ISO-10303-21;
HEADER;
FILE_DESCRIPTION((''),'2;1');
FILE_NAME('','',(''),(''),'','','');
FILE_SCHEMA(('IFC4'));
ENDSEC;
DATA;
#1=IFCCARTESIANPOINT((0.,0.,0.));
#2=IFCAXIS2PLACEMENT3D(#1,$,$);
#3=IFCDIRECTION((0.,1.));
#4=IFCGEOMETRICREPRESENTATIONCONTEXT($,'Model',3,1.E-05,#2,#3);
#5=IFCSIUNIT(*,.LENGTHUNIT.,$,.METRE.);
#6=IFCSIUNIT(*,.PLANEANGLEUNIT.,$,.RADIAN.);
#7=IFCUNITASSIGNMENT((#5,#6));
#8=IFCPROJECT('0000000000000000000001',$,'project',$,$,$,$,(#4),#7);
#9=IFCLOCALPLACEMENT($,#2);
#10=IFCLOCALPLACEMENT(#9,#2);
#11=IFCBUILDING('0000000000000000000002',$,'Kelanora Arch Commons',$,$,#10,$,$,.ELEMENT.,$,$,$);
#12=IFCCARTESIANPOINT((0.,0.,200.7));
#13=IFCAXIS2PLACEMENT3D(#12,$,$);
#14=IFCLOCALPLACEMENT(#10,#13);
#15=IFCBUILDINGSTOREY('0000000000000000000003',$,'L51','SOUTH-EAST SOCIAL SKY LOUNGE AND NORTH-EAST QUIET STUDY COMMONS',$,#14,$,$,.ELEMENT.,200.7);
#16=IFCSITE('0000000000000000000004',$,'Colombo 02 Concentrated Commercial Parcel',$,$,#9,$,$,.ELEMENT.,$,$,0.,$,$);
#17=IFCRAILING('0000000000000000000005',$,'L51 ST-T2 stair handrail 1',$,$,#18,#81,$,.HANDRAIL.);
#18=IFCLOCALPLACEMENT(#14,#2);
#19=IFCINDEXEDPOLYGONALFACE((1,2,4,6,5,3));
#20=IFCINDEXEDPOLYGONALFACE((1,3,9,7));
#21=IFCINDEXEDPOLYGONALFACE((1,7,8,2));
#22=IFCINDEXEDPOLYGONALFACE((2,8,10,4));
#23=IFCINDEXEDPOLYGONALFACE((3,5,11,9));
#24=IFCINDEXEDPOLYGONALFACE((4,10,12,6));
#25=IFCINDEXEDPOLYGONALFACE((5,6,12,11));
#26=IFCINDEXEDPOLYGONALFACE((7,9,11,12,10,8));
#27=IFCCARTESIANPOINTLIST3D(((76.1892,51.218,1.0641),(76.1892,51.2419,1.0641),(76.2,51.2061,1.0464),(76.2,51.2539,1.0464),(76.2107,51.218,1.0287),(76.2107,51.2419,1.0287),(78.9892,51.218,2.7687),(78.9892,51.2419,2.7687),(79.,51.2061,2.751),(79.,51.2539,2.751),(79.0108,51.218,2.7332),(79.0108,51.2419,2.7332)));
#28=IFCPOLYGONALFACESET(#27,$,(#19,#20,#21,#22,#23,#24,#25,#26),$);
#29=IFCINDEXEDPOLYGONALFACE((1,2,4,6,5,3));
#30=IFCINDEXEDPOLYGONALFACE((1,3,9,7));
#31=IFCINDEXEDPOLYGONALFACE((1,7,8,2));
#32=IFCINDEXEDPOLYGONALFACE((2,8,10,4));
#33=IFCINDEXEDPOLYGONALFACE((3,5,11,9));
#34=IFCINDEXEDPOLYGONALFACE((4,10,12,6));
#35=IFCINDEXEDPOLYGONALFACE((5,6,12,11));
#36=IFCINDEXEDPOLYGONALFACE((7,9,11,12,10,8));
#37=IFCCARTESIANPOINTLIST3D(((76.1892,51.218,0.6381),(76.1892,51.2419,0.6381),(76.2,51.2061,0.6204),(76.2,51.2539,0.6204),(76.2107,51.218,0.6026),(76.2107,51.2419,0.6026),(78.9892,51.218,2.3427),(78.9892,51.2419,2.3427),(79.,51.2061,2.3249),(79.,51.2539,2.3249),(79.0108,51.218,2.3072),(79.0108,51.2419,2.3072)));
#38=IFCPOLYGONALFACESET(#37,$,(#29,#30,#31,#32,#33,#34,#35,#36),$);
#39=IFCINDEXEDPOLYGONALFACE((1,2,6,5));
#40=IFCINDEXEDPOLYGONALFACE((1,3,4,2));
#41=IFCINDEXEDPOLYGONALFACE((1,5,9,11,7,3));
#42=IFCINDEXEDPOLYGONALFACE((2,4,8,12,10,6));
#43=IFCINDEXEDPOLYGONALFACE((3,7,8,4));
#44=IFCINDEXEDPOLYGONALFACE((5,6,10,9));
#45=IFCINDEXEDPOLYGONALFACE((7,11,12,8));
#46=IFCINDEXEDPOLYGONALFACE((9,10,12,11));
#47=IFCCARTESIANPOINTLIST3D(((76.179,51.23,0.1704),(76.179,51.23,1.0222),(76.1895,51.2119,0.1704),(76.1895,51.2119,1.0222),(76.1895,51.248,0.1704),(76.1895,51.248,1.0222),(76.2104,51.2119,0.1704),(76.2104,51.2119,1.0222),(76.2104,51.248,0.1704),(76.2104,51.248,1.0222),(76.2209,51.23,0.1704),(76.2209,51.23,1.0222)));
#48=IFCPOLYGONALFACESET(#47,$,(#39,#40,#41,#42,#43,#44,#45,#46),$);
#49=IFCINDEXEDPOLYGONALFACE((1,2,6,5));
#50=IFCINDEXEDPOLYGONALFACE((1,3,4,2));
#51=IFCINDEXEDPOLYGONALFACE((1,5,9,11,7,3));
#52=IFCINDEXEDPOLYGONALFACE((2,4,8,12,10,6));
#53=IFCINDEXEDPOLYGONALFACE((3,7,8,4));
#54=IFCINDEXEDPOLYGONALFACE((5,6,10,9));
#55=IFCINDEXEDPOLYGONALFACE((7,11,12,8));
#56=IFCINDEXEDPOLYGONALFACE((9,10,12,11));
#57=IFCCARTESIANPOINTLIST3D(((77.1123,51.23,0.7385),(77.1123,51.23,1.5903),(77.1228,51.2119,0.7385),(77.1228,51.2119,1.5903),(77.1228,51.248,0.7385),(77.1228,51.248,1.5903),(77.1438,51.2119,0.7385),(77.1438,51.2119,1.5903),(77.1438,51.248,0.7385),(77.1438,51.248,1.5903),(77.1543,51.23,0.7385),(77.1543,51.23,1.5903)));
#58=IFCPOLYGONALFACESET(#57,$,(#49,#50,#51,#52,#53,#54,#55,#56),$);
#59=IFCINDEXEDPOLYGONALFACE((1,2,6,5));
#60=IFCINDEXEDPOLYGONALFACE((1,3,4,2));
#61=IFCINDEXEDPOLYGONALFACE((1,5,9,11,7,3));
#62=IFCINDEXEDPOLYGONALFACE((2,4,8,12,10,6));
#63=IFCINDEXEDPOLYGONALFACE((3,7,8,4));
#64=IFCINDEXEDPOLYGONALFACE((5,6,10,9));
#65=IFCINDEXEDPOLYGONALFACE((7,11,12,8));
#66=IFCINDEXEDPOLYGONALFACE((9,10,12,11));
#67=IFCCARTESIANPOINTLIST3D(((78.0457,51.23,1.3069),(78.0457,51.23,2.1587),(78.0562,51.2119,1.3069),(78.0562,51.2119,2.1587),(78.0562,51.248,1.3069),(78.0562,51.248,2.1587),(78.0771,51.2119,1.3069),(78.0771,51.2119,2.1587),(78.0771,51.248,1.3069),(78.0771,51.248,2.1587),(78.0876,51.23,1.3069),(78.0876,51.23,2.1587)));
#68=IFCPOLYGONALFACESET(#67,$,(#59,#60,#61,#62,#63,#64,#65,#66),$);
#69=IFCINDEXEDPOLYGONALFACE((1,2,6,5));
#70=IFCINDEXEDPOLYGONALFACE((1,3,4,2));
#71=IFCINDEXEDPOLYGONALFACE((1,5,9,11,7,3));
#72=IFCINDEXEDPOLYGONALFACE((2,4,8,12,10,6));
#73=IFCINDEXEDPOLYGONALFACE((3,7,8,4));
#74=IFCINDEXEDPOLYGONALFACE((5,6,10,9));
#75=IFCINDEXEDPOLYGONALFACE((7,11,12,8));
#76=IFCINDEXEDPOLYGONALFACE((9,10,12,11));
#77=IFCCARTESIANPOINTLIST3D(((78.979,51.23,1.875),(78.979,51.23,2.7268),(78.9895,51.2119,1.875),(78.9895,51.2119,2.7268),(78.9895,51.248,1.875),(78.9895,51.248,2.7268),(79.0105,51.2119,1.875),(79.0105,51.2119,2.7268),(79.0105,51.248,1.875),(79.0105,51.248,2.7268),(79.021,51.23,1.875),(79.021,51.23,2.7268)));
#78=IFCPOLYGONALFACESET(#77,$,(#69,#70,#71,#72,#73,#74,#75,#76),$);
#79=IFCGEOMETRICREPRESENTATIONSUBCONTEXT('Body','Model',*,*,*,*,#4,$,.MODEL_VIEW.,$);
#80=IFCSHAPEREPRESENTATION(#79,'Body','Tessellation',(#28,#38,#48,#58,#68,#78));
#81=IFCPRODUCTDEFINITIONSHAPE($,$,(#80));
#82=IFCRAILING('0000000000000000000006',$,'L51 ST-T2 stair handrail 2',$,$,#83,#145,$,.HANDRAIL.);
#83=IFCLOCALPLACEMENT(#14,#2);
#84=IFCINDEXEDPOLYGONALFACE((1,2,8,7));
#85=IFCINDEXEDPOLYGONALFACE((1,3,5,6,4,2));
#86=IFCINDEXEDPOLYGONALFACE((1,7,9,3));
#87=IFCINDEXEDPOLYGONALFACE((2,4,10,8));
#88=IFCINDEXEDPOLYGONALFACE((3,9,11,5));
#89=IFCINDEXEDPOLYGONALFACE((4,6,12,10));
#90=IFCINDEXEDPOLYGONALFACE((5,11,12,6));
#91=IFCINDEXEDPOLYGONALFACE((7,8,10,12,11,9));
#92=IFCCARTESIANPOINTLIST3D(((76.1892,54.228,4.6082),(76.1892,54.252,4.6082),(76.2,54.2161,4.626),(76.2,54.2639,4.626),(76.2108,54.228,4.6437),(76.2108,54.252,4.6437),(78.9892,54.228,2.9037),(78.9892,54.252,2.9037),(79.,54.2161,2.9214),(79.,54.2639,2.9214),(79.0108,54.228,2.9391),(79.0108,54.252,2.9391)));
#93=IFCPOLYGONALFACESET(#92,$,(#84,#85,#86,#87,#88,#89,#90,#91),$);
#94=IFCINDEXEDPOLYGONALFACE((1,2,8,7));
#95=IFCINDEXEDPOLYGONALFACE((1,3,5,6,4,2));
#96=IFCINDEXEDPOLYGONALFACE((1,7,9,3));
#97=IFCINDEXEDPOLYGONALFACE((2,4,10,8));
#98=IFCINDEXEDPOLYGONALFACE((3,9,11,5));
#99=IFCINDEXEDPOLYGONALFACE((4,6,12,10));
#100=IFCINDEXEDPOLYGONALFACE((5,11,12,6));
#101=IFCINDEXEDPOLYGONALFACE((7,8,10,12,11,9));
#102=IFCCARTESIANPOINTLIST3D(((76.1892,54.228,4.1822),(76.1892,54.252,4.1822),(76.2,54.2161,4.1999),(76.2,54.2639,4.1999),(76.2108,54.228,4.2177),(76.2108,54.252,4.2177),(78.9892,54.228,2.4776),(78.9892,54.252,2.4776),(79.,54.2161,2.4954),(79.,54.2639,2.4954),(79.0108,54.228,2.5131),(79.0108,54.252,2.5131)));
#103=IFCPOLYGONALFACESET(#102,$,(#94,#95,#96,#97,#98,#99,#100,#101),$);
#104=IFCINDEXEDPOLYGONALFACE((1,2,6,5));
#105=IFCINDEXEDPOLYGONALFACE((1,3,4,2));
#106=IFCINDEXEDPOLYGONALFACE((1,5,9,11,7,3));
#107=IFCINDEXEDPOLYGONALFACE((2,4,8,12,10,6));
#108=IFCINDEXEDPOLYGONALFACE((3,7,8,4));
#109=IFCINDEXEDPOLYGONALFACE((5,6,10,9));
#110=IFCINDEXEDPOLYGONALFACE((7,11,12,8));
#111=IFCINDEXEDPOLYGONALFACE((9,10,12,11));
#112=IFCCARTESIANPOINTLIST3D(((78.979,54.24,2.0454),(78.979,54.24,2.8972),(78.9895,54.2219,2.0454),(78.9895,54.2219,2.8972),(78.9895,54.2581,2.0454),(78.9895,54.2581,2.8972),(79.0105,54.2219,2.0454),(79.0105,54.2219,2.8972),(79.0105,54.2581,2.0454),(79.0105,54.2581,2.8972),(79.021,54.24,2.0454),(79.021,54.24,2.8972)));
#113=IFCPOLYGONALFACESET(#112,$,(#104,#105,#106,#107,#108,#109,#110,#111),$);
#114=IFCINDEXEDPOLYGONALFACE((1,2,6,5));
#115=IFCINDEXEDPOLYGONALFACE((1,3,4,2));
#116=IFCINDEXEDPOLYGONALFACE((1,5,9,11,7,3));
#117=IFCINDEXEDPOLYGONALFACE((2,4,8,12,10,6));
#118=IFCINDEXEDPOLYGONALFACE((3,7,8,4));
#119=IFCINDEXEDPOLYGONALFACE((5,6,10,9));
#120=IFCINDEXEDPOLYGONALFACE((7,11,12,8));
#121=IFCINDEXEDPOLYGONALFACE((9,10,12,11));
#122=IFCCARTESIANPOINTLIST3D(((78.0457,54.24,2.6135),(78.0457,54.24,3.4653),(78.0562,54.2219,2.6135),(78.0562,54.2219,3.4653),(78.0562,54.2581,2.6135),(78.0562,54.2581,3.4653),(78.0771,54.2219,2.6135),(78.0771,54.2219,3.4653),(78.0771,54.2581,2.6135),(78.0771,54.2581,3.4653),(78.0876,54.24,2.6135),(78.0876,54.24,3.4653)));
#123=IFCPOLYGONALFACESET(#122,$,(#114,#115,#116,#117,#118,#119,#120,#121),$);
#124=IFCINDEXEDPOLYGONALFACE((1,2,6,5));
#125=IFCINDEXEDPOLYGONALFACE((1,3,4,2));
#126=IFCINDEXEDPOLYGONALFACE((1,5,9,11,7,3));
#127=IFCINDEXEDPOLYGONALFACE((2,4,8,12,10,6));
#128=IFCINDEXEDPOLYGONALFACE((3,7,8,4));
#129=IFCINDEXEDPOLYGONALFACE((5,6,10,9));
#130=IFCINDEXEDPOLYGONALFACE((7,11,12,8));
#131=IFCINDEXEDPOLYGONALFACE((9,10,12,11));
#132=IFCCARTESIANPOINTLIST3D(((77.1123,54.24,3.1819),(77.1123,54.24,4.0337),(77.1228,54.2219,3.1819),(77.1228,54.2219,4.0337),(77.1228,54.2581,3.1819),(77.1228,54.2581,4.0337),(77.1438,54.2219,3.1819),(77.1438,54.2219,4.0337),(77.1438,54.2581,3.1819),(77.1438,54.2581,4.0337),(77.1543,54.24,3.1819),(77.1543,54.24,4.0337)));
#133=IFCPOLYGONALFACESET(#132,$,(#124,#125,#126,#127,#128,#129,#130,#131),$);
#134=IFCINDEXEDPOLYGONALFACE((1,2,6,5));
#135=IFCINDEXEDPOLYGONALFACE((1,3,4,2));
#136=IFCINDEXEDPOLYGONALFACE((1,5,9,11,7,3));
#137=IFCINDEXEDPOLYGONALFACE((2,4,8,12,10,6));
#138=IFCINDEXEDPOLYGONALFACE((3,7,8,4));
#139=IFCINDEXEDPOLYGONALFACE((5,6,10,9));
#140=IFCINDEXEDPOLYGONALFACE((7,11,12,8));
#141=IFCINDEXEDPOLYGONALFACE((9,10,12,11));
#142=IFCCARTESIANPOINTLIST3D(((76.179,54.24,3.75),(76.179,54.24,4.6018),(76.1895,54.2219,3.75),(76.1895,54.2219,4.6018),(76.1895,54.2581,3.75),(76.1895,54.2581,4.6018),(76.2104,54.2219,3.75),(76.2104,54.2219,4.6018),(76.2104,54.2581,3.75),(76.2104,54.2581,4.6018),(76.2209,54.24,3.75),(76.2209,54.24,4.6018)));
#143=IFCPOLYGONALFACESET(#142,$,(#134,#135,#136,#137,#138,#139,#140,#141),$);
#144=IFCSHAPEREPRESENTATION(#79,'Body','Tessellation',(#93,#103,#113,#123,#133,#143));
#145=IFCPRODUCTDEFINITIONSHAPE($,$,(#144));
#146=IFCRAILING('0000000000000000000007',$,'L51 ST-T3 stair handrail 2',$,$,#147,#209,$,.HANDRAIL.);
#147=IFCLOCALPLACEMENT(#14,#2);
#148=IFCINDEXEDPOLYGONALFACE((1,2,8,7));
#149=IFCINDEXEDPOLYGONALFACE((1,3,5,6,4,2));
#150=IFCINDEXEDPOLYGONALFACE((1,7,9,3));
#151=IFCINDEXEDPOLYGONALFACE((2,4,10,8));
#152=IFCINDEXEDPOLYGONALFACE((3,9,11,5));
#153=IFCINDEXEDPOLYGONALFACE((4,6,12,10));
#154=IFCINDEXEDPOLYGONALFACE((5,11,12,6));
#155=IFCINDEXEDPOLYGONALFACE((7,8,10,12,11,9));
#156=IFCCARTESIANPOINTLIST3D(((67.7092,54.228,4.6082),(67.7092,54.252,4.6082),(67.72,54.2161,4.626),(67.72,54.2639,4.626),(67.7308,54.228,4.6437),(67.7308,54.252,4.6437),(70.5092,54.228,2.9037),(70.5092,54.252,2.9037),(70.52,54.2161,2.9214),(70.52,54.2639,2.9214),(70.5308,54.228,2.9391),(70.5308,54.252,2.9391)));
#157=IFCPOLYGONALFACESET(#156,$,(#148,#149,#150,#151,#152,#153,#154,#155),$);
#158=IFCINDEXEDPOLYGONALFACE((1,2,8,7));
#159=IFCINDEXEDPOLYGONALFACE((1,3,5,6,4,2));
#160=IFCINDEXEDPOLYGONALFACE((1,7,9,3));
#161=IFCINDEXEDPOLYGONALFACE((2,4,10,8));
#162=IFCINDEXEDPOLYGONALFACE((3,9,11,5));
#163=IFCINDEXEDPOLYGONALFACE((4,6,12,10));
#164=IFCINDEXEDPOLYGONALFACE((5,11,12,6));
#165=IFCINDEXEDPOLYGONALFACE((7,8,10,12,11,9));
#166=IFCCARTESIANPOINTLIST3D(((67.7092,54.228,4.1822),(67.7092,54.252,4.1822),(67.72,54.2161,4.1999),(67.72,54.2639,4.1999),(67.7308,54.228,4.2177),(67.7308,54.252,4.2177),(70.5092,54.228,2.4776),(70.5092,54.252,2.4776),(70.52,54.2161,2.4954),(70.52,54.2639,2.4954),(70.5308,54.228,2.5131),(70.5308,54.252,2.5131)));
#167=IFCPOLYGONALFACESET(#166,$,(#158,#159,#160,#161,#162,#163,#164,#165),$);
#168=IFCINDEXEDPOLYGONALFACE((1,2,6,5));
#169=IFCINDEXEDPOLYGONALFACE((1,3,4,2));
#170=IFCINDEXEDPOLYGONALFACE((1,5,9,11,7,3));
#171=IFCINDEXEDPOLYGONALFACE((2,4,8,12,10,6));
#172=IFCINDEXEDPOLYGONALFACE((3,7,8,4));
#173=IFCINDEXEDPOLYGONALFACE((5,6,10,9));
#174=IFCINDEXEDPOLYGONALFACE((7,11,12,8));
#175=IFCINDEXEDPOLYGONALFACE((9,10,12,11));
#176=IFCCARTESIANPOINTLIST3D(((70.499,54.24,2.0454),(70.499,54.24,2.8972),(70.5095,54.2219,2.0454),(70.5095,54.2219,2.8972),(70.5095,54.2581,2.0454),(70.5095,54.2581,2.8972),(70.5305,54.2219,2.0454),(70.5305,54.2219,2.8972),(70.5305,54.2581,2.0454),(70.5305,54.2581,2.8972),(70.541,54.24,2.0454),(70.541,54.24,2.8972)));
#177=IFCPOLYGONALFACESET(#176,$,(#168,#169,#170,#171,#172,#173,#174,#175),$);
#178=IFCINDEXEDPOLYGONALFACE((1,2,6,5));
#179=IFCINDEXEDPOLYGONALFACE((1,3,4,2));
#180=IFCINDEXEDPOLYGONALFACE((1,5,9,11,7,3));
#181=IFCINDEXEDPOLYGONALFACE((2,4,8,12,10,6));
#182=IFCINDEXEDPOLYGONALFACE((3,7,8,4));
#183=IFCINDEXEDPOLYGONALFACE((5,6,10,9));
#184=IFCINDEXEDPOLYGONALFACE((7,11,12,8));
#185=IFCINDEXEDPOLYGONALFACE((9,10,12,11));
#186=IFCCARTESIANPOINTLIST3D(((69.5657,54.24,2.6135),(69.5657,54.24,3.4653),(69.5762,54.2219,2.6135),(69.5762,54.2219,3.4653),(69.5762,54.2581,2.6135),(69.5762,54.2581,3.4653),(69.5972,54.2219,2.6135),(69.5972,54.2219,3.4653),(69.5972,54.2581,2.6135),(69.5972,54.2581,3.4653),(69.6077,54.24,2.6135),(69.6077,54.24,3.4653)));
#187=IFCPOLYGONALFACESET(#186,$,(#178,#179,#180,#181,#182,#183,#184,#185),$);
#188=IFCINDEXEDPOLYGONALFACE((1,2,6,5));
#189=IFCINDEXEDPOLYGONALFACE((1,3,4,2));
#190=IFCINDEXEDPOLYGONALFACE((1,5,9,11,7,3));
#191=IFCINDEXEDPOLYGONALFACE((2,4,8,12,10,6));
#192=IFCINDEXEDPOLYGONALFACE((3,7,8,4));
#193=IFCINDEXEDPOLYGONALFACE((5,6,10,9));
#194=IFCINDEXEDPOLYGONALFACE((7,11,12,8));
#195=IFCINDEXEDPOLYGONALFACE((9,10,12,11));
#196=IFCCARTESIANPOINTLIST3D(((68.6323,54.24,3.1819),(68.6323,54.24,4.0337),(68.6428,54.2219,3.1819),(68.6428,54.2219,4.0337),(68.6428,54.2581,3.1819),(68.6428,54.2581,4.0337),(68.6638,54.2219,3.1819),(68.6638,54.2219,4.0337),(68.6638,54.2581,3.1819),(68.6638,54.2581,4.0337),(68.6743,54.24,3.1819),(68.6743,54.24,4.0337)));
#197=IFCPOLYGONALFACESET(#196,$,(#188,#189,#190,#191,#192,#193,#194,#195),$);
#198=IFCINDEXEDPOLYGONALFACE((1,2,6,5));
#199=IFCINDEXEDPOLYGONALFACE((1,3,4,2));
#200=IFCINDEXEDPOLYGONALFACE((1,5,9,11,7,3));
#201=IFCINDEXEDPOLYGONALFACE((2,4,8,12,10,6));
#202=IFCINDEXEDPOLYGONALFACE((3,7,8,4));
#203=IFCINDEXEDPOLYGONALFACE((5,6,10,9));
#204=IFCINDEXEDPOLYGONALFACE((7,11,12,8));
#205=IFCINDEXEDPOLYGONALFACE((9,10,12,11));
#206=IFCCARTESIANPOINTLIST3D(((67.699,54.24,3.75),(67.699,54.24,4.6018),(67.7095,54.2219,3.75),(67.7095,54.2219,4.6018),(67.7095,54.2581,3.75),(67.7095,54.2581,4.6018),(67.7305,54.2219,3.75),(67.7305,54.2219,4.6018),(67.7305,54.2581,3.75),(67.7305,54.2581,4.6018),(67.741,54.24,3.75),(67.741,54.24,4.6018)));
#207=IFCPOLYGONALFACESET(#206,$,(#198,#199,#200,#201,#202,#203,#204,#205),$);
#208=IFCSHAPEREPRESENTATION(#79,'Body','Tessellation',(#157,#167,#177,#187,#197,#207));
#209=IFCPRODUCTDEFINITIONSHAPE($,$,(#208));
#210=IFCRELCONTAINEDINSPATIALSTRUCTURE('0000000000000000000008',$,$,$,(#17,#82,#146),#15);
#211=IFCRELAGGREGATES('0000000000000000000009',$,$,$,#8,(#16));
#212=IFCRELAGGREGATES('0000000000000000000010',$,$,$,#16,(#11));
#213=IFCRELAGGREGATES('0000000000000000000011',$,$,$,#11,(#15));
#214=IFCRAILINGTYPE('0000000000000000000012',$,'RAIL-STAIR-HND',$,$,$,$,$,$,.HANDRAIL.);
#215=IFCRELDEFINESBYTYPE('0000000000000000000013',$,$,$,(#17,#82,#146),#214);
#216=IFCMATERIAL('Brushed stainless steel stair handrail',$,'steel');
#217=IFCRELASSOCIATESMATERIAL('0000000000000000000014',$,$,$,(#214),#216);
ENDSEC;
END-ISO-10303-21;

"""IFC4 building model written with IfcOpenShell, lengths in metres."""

from ifc_helpers import new_model, si_unit, direction, frame, origin, place, context, subcontext, project, spatial, polyline, outline, extrude, material, type_object, element, save


model = new_model("IFC4")

# Units and contexts
model_context = context("Model", 3, precision=1e-05, world=origin(), true_north=direction((0.0, 1.0)))
body_context = subcontext(model_context, "Body", "Model", "MODEL_VIEW")
ifc_project = project(units=[si_unit("LENGTHUNIT", "METRE"), si_unit("PLANEANGLEUNIT", "RADIAN")], contexts=[model_context])

# Site, building, storey
site_placement = place(None, origin())
site = spatial("IfcSite", under=ifc_project, at=site_placement, Name="Colombo 02 Concentrated Commercial Parcel", CompositionType="ELEMENT", RefElevation=0.0)
building_placement = place(site_placement, origin())
building = spatial("IfcBuilding", under=site, at=building_placement, Name="Kelanora Arch Commons", CompositionType="ELEMENT")
storey_placement = place(building_placement, frame((0.0, 0.0, 200.7)))
storey = spatial("IfcBuildingStorey", under=building, at=storey_placement, Name="L51", Description="SOUTH-EAST SOCIAL SKY LOUNGE AND NORTH-EAST QUIET STUDY COMMONS", CompositionType="ELEMENT", Elevation=200.7)

# Railings
ifc_material_1 = material(Name="Brushed stainless steel stair handrail", Category="steel")
railing_type_1 = type_object("IfcRailingType", Name="RAIL-STAIR-HND", PredefinedType="HANDRAIL", material=ifc_material_1)
railing_1_placement = place(storey_placement, frame((76.2, 51.23, 0.1704)))
element("IfcRailing", 1, at=railing_1_placement, inside=storey, type_object=railing_type_1, Name="L51 ST-T2 stair handrail 1", PredefinedType="HANDRAIL", context=body_context, shape_type="SweptSolid", body=[
    extrude(outline(polyline([(0.0239, 0.0), (0.012, 0.0208), (-0.012, 0.0208), (-0.0239, 0.0), (-0.012, -0.0208), (0.012, -0.0208), (0.0239, 0.0)])), frame((0.0, 0.0, 0.876), z_axis=(0.85417, 0.0, 0.519994), x_axis=(0.0, 1.0, 0.0)), (0.0, 0.0, 1.0), 3.2781),
    extrude(outline(polyline([(0.0239, 0.0), (0.012, 0.0208), (-0.012, 0.0208), (-0.0239, 0.0), (-0.012, -0.0208), (0.012, -0.0208), (0.0239, 0.0)])), frame((0.0, 0.0, 0.45), z_axis=(0.85417, 0.0, 0.519994), x_axis=(0.0, 1.0, 0.0)), (0.0, 0.0, 1.0), 3.2781),
    extrude(outline(polyline([(0.021, 0.0), (0.0105, 0.0181), (-0.0105, 0.0181), (-0.021, 0.0), (-0.0105, -0.0181), (0.0105, -0.0181), (0.021, 0.0)])), origin(), (0.0, 0.0, 1.0), 0.8518),
    extrude(outline(polyline([(0.021, 0.0), (0.0105, 0.0181), (-0.0105, 0.0181), (-0.021, 0.0), (-0.0105, -0.0181), (0.0105, -0.0181), (0.021, 0.0)])), frame((0.9333, 0.0, 0.5681)), (0.0, 0.0, 1.0), 0.8518),
    extrude(outline(polyline([(0.021, 0.0), (0.0105, 0.0181), (-0.0105, 0.0181), (-0.021, 0.0), (-0.0105, -0.0181), (0.0105, -0.0181), (0.021, 0.0)])), frame((1.8667, 0.0, 1.1365)), (0.0, 0.0, 1.0), 0.8518),
    extrude(outline(polyline([(0.021, 0.0), (0.0105, 0.0181), (-0.0105, 0.0181), (-0.021, 0.0), (-0.0105, -0.0181), (0.0105, -0.0181), (0.021, 0.0)])), frame((2.8, 0.0, 1.7046)), (0.0, 0.0, 1.0), 0.8518),
])
railing_2_placement = place(storey_placement, frame((79.0, 54.24, 2.0454)))
element("IfcRailing", 2, at=railing_2_placement, inside=storey, type_object=railing_type_1, Name="L51 ST-T2 stair handrail 2", PredefinedType="HANDRAIL", context=body_context, shape_type="SweptSolid", body=[
    extrude(outline(polyline([(0.0239, 0.0), (0.012, 0.0208), (-0.012, 0.0208), (-0.0239, 0.0), (-0.012, -0.0208), (0.012, -0.0208), (0.0239, 0.0)])), frame((0.0, 0.0, 0.876), z_axis=(-0.85417, 0.0, 0.519994), x_axis=(0.0, -1.0, 0.0)), (0.0, 0.0, 1.0), 3.2781),
    extrude(outline(polyline([(0.0239, 0.0), (0.012, 0.0208), (-0.012, 0.0208), (-0.0239, 0.0), (-0.012, -0.0208), (0.012, -0.0208), (0.0239, 0.0)])), frame((0.0, 0.0, 0.45), z_axis=(-0.85417, 0.0, 0.519994), x_axis=(0.0, -1.0, 0.0)), (0.0, 0.0, 1.0), 3.2781),
    extrude(outline(polyline([(0.021, 0.0), (0.0105, 0.0181), (-0.0105, 0.0181), (-0.021, 0.0), (-0.0105, -0.0181), (0.0105, -0.0181), (0.021, 0.0)])), origin(), (0.0, 0.0, 1.0), 0.8518),
    extrude(outline(polyline([(0.021, 0.0), (0.0105, 0.0181), (-0.0105, 0.0181), (-0.021, 0.0), (-0.0105, -0.0181), (0.0105, -0.0181), (0.021, 0.0)])), frame((-0.9333, 0.0, 0.5681)), (0.0, 0.0, 1.0), 0.8518),
    extrude(outline(polyline([(0.021, 0.0), (0.0105, 0.0181), (-0.0105, 0.0181), (-0.021, 0.0), (-0.0105, -0.0181), (0.0105, -0.0181), (0.021, 0.0)])), frame((-1.8667, 0.0, 1.1365)), (0.0, 0.0, 1.0), 0.8518),
    extrude(outline(polyline([(0.021, 0.0), (0.0105, 0.0181), (-0.0105, 0.0181), (-0.021, 0.0), (-0.0105, -0.0181), (0.0105, -0.0181), (0.021, 0.0)])), frame((-2.8, 0.0, 1.7046)), (0.0, 0.0, 1.0), 0.8518),
])
railing_3_placement = place(storey_placement, frame((70.52, 54.24, 2.0454)))
element("IfcRailing", 3, at=railing_3_placement, inside=storey, type_object=railing_type_1, Name="L51 ST-T3 stair handrail 2", PredefinedType="HANDRAIL", context=body_context, shape_type="SweptSolid", body=[
    extrude(outline(polyline([(0.0239, 0.0), (0.012, 0.0208), (-0.012, 0.0208), (-0.0239, 0.0), (-0.012, -0.0208), (0.012, -0.0208), (0.0239, 0.0)])), frame((0.0, 0.0, 0.876), z_axis=(-0.85417, 0.0, 0.519994), x_axis=(0.0, -1.0, 0.0)), (0.0, 0.0, 1.0), 3.2781),
    extrude(outline(polyline([(0.0239, 0.0), (0.012, 0.0208), (-0.012, 0.0208), (-0.0239, 0.0), (-0.012, -0.0208), (0.012, -0.0208), (0.0239, 0.0)])), frame((0.0, 0.0, 0.45), z_axis=(-0.85417, 0.0, 0.519994), x_axis=(0.0, -1.0, 0.0)), (0.0, 0.0, 1.0), 3.2781),
    extrude(outline(polyline([(0.021, 0.0), (0.0105, 0.0181), (-0.0105, 0.0181), (-0.021, 0.0), (-0.0105, -0.0181), (0.0105, -0.0181), (0.021, 0.0)])), origin(), (0.0, 0.0, 1.0), 0.8518),
    extrude(outline(polyline([(0.021, 0.0), (0.0105, 0.0181), (-0.0105, 0.0181), (-0.021, 0.0), (-0.0105, -0.0181), (0.0105, -0.0181), (0.021, 0.0)])), frame((-0.9333, 0.0, 0.5681)), (0.0, 0.0, 1.0), 0.8518),
    extrude(outline(polyline([(0.021, 0.0), (0.0105, 0.0181), (-0.0105, 0.0181), (-0.021, 0.0), (-0.0105, -0.0181), (0.0105, -0.0181), (0.021, 0.0)])), frame((-1.8667, 0.0, 1.1365)), (0.0, 0.0, 1.0), 0.8518),
    extrude(outline(polyline([(0.021, 0.0), (0.0105, 0.0181), (-0.0105, 0.0181), (-0.021, 0.0), (-0.0105, -0.0181), (0.0105, -0.0181), (0.021, 0.0)])), frame((-2.8, 0.0, 1.7046)), (0.0, 0.0, 1.0), 0.8518),
])

save(model, "model.ifc")
